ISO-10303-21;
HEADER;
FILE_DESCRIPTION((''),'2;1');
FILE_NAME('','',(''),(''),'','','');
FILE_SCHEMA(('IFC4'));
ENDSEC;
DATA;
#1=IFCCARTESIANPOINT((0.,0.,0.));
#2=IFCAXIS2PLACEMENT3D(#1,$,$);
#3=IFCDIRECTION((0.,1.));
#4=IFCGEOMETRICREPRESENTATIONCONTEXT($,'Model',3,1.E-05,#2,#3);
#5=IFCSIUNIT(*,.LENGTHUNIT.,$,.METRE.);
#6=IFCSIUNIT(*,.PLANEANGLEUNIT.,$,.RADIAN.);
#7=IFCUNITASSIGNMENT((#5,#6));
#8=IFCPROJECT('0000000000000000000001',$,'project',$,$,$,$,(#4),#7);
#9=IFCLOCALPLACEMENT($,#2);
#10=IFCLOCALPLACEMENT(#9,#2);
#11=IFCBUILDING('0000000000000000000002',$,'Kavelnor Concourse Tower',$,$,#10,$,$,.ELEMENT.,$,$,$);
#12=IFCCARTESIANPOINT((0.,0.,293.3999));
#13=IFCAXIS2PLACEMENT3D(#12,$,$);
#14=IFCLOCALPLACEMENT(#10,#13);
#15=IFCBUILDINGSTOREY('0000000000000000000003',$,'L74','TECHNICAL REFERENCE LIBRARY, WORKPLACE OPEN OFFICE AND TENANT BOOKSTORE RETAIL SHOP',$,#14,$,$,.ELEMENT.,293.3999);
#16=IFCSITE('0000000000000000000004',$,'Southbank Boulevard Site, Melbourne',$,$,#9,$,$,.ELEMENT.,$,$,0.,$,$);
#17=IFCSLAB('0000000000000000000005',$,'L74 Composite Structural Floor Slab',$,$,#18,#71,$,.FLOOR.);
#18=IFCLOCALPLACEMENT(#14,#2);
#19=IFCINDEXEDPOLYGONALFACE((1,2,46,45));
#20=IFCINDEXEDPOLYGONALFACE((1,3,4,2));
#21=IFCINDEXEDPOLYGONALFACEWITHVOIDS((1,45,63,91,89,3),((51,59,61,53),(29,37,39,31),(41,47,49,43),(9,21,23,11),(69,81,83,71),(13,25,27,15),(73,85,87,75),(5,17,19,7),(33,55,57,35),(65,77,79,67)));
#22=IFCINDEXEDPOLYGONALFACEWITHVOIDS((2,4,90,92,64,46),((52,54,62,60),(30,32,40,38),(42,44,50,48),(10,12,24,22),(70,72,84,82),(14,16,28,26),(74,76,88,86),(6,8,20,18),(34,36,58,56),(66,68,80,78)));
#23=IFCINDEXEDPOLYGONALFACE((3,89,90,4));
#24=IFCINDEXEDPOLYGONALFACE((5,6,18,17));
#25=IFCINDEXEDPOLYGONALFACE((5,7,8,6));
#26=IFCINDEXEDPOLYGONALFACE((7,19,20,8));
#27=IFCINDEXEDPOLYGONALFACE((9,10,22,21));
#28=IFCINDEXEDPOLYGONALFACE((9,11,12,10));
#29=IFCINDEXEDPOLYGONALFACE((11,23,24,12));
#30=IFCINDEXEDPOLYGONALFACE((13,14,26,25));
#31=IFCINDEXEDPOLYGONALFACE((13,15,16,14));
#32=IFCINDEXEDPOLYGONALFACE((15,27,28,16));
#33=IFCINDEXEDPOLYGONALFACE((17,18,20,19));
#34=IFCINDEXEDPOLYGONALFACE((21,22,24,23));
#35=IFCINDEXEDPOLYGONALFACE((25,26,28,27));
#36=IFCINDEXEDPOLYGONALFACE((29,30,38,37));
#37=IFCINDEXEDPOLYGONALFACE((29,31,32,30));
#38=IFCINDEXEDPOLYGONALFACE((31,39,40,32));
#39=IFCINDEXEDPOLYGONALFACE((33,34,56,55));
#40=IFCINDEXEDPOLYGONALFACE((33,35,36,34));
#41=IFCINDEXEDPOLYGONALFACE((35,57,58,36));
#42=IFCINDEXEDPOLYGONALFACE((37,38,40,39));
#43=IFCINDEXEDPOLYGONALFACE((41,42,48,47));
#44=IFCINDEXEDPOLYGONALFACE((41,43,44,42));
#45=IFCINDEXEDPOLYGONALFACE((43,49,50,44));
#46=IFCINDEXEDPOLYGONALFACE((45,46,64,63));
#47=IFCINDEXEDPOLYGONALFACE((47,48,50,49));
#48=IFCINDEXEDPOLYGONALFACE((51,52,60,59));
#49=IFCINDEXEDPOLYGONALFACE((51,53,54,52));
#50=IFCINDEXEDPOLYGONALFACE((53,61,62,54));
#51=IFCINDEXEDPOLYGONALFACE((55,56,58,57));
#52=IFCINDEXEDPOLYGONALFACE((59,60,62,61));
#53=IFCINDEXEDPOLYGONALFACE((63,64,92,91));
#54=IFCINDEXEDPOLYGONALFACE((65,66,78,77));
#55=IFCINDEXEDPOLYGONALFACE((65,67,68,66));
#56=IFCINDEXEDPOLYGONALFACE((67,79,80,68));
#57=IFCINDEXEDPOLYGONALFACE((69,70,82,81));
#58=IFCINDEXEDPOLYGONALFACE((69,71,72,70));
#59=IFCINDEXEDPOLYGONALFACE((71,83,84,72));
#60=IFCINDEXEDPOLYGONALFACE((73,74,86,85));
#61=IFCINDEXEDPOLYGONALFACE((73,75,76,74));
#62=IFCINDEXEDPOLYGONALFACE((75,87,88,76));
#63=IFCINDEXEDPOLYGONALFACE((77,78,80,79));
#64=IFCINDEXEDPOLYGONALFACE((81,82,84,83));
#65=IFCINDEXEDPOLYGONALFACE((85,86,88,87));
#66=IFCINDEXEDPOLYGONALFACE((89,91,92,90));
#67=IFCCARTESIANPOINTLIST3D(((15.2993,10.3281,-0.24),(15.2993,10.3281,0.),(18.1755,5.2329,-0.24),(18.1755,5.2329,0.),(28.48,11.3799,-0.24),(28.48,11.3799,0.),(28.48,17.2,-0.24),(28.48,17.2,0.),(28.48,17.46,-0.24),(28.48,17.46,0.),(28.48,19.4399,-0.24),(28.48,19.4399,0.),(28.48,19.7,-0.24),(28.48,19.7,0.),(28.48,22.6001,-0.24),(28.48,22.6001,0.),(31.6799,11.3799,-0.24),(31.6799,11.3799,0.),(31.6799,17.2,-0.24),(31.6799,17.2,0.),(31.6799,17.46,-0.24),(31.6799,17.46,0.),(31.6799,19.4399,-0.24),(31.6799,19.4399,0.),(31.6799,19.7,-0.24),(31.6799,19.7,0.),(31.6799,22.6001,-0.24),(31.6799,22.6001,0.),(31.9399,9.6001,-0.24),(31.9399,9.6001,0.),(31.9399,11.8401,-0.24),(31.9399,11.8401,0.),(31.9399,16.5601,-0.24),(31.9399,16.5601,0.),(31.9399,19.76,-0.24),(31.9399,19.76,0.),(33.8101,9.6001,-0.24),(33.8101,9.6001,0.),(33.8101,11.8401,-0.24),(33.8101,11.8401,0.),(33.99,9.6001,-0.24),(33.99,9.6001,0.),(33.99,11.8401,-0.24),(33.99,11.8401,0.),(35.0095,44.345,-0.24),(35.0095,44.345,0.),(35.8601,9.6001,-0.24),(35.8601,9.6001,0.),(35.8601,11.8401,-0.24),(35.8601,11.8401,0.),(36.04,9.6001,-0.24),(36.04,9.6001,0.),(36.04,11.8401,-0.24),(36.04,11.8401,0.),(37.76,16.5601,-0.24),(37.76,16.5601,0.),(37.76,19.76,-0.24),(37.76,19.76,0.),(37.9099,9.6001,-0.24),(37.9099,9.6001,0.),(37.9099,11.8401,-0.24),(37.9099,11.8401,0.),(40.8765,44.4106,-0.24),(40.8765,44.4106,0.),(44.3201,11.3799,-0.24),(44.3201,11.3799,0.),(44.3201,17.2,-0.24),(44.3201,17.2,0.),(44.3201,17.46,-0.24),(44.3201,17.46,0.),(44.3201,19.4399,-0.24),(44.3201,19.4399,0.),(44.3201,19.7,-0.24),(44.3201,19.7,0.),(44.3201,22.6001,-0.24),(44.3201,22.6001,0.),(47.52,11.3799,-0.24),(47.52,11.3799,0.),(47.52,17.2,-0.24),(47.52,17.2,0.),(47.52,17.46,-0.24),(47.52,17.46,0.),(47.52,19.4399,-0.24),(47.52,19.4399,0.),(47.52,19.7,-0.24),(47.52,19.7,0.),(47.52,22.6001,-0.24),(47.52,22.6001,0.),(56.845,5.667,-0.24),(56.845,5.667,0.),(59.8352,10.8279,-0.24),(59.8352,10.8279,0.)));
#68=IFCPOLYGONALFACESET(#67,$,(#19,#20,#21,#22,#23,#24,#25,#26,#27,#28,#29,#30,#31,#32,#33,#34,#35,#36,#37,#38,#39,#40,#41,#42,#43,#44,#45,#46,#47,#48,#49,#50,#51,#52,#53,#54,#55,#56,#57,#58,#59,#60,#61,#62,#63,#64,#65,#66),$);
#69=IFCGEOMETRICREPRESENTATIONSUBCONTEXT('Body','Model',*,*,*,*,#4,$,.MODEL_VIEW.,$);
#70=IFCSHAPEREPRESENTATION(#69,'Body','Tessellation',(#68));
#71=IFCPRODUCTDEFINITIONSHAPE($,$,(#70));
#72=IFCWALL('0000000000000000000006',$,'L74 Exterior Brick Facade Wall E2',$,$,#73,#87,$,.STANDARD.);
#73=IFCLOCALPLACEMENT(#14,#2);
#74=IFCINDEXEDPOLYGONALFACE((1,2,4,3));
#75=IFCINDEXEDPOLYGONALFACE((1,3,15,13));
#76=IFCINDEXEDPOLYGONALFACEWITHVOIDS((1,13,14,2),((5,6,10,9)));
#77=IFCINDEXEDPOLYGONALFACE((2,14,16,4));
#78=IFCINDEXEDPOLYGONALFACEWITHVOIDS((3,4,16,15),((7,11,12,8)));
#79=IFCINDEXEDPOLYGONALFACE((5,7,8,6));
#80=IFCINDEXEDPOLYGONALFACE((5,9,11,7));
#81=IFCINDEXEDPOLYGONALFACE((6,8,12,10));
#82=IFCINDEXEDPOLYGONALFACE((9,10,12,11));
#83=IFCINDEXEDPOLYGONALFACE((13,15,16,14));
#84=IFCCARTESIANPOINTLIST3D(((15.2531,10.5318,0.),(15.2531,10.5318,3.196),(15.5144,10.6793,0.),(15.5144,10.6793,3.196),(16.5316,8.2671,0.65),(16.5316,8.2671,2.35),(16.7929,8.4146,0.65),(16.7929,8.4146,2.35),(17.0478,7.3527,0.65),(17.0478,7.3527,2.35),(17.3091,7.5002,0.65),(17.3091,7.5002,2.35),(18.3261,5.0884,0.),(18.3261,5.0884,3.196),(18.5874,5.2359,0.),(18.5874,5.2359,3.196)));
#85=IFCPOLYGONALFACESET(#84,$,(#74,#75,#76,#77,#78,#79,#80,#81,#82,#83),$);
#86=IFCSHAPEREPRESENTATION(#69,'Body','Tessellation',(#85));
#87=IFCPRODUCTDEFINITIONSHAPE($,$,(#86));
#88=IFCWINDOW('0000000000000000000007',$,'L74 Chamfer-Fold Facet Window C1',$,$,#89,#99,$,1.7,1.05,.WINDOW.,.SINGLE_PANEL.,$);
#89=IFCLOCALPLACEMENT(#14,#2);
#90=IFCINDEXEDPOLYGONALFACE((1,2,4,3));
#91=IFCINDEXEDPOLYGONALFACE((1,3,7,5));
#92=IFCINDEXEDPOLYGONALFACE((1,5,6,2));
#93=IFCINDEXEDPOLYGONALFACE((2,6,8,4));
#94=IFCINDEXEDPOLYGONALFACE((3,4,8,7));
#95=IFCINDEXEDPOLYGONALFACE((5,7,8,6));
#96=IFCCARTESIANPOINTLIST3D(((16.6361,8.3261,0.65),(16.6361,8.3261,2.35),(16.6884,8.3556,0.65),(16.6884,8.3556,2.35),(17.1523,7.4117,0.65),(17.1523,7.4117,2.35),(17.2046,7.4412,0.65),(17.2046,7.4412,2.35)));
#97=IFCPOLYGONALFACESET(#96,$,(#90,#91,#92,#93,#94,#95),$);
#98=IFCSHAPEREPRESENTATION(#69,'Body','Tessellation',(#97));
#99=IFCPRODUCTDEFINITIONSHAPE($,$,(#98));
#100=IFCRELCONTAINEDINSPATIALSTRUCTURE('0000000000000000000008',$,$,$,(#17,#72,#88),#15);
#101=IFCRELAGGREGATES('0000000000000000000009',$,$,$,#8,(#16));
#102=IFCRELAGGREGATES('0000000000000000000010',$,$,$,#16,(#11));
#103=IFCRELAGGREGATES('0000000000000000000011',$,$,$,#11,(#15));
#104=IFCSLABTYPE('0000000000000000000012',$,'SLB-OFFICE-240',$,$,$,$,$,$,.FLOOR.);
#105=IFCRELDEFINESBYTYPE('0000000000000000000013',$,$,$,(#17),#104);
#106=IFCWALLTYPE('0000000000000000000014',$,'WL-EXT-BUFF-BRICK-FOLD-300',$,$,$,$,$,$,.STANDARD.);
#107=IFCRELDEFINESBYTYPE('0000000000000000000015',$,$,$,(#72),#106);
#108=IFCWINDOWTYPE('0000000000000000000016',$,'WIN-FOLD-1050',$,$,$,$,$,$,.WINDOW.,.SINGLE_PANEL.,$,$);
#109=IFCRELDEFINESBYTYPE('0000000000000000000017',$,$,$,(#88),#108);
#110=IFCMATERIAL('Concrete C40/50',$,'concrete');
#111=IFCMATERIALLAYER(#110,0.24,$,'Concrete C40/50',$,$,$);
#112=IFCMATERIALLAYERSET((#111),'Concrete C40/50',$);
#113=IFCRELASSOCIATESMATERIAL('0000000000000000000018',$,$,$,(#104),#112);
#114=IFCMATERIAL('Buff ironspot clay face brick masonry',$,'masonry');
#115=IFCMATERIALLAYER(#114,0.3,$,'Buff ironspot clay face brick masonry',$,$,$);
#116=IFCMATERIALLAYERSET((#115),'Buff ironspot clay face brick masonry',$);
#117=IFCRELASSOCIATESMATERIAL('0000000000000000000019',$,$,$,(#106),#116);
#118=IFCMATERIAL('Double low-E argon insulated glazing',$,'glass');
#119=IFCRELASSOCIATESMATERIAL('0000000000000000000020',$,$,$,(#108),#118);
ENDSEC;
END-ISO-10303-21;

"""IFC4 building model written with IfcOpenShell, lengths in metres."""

from ifc_helpers import new_model, si_unit, direction, frame, frame_2d, origin, place, context, subcontext, project, spatial, polyline, rectangle, outline, extrude, material, layer, layer_set, type_object, element, fill, save


model = new_model("IFC4")

# Units and contexts
model_context = context("Model", 3, precision=1e-05, world=origin(), true_north=direction((0.0, 1.0)))
body_context = subcontext(model_context, "Body", "Model", "MODEL_VIEW")
ifc_project = project(units=[si_unit("LENGTHUNIT", "METRE"), si_unit("PLANEANGLEUNIT", "RADIAN")], contexts=[model_context])

# Site, building, storey
site_placement = place(None, origin())
site = spatial("IfcSite", under=ifc_project, at=site_placement, Name="Southbank Boulevard Site, Melbourne", CompositionType="ELEMENT", RefElevation=0.0)
building_placement = place(site_placement, origin())
building = spatial("IfcBuilding", under=site, at=building_placement, Name="Kavelnor Concourse Tower", CompositionType="ELEMENT")
storey_placement = place(building_placement, frame((0.0, 0.0, 293.3999)))
storey = spatial("IfcBuildingStorey", under=building, at=storey_placement, Name="L74", Description="TECHNICAL REFERENCE LIBRARY, WORKPLACE OPEN OFFICE AND TENANT BOOKSTORE RETAIL SHOP", CompositionType="ELEMENT", Elevation=293.3999)

# Shared definitions
ifc_material_1 = material(Name="Concrete C40/50", Category="concrete")

# Slab
ifc_layer_1 = layer(ifc_material_1, 0.24, Name="Concrete C40/50")
ifc_layer_set_1 = layer_set([ifc_layer_1], Name="Concrete C40/50")
slab_type_1 = type_object("IfcSlabType", Name="SLB-OFFICE-240", PredefinedType="FLOOR", material=ifc_layer_set_1)
slab_1_placement = place(storey_placement, frame((0.0, 0.0, -0.24)))
element("IfcSlab", 1, at=slab_1_placement, inside=storey, type_object=slab_type_1, Name="L74 Composite Structural Floor Slab", PredefinedType="FLOOR", context=body_context, shape_type="SweptSolid", body=[
    extrude(outline(polyline([(40.8765, 44.4106), (35.0095, 44.345), (15.2993, 10.3281), (18.1755, 5.2329), (56.845, 5.667), (59.8352, 10.8279), (40.8765, 44.4106)]), holes=[polyline([(28.48, 11.3799), (31.6799, 11.3799), (31.6799, 17.2), (28.48, 17.2), (28.48, 11.3799)]), polyline([(44.3201, 11.3799), (47.52, 11.3799), (47.52, 17.2), (44.3201, 17.2), (44.3201, 11.3799)]), polyline([(31.9399, 16.5601), (37.76, 16.5601), (37.76, 19.76), (31.9399, 19.76), (31.9399, 16.5601)]), polyline([(28.48, 19.7), (31.6799, 19.7), (31.6799, 22.6001), (28.48, 22.6001), (28.48, 19.7)]), polyline([(44.3201, 19.7), (47.52, 19.7), (47.52, 22.6001), (44.3201, 22.6001), (44.3201, 19.7)]), polyline([(31.9399, 9.6001), (33.8101, 9.6001), (33.8101, 11.8401), (31.9399, 11.8401), (31.9399, 9.6001)]), polyline([(33.99, 9.6001), (35.8601, 9.6001), (35.8601, 11.8401), (33.99, 11.8401), (33.99, 9.6001)]), polyline([(36.04, 9.6001), (37.9099, 9.6001), (37.9099, 11.8401), (36.04, 11.8401), (36.04, 9.6001)]), polyline([(28.48, 17.46), (31.6799, 17.46), (31.6799, 19.4399), (28.48, 19.4399), (28.48, 17.46)]), polyline([(44.3201, 17.46), (47.52, 17.46), (47.52, 19.4399), (44.3201, 19.4399), (44.3201, 17.46)])]), origin(), (0.0, 0.0, 1.0), 0.24),
])

# Wall, opening, window
ifc_material_2 = material(Name="Buff ironspot clay face brick masonry", Category="masonry")
ifc_layer_2 = layer(ifc_material_2, 0.3, Name="Buff ironspot clay face brick masonry")
ifc_layer_set_2 = layer_set([ifc_layer_2], Name="Buff ironspot clay face brick masonry")
wall_type_1 = type_object("IfcWallType", Name="WL-EXT-BUFF-BRICK-FOLD-300", PredefinedType="STANDARD", material=ifc_layer_set_2)
wall_1_placement = place(storey_placement, frame((18.4568, 5.1621, 0.0), z_axis=(0.0, 0.0, 1.0), x_axis=(-0.491611, 0.870815, 0.0)))
wall_1 = element("IfcWall", 2, at=wall_1_placement, inside=storey, type_object=wall_type_1, Name="L74 Exterior Brick Facade Wall E2", PredefinedType="STANDARD", context=body_context, shape_type="SweptSolid", body=[
    extrude(rectangle(XDim=6.251, YDim=0.3, at=frame_2d((3.1255, 0.0))), origin(), (0.0, 0.0, 1.0), 3.196),
])
opening_1_placement = place(wall_1_placement, frame((2.6003, 0.0, 0.6499)))
opening_1 = element("IfcOpeningElement", 3, at=opening_1_placement, cuts=wall_1, PredefinedType="OPENING", context=body_context, shape_type="SweptSolid", body=[
    extrude(rectangle(XDim=1.05, YDim=1.7, at=frame_2d((0.5249, 0.8501))), frame((0.0, 0.1602, 0.0), z_axis=(0.0, -1.0, 0.0), x_axis=(1.0, 0.0, 0.0)), (0.0, 0.0, 1.0), 0.3201),
])
ifc_material_3 = material(Name="Double low-E argon insulated glazing", Category="glass")
window_type_1 = type_object("IfcWindowType", Name="WIN-FOLD-1050", PartitioningType="SINGLE_PANEL", PredefinedType="WINDOW", material=ifc_material_3)
window_1_placement = place(opening_1_placement, origin())
window_1 = element("IfcWindow", 4, at=window_1_placement, inside=storey, type_object=window_type_1, Name="L74 Chamfer-Fold Facet Window C1", OverallHeight=1.7, OverallWidth=1.05, PartitioningType="SINGLE_PANEL", PredefinedType="WINDOW", context=body_context, shape_type="SweptSolid", body=[
    extrude(rectangle(XDim=1.05, YDim=1.7, at=frame_2d((0.5249, 0.8501))), frame((0.0, 0.03, 0.0), z_axis=(0.0, -1.0, 0.0), x_axis=(1.0, 0.0, 0.0)), (0.0, 0.0, 1.0), 0.0601),
])
fill(opening_1, window_1)

save(model, "model.ifc")
